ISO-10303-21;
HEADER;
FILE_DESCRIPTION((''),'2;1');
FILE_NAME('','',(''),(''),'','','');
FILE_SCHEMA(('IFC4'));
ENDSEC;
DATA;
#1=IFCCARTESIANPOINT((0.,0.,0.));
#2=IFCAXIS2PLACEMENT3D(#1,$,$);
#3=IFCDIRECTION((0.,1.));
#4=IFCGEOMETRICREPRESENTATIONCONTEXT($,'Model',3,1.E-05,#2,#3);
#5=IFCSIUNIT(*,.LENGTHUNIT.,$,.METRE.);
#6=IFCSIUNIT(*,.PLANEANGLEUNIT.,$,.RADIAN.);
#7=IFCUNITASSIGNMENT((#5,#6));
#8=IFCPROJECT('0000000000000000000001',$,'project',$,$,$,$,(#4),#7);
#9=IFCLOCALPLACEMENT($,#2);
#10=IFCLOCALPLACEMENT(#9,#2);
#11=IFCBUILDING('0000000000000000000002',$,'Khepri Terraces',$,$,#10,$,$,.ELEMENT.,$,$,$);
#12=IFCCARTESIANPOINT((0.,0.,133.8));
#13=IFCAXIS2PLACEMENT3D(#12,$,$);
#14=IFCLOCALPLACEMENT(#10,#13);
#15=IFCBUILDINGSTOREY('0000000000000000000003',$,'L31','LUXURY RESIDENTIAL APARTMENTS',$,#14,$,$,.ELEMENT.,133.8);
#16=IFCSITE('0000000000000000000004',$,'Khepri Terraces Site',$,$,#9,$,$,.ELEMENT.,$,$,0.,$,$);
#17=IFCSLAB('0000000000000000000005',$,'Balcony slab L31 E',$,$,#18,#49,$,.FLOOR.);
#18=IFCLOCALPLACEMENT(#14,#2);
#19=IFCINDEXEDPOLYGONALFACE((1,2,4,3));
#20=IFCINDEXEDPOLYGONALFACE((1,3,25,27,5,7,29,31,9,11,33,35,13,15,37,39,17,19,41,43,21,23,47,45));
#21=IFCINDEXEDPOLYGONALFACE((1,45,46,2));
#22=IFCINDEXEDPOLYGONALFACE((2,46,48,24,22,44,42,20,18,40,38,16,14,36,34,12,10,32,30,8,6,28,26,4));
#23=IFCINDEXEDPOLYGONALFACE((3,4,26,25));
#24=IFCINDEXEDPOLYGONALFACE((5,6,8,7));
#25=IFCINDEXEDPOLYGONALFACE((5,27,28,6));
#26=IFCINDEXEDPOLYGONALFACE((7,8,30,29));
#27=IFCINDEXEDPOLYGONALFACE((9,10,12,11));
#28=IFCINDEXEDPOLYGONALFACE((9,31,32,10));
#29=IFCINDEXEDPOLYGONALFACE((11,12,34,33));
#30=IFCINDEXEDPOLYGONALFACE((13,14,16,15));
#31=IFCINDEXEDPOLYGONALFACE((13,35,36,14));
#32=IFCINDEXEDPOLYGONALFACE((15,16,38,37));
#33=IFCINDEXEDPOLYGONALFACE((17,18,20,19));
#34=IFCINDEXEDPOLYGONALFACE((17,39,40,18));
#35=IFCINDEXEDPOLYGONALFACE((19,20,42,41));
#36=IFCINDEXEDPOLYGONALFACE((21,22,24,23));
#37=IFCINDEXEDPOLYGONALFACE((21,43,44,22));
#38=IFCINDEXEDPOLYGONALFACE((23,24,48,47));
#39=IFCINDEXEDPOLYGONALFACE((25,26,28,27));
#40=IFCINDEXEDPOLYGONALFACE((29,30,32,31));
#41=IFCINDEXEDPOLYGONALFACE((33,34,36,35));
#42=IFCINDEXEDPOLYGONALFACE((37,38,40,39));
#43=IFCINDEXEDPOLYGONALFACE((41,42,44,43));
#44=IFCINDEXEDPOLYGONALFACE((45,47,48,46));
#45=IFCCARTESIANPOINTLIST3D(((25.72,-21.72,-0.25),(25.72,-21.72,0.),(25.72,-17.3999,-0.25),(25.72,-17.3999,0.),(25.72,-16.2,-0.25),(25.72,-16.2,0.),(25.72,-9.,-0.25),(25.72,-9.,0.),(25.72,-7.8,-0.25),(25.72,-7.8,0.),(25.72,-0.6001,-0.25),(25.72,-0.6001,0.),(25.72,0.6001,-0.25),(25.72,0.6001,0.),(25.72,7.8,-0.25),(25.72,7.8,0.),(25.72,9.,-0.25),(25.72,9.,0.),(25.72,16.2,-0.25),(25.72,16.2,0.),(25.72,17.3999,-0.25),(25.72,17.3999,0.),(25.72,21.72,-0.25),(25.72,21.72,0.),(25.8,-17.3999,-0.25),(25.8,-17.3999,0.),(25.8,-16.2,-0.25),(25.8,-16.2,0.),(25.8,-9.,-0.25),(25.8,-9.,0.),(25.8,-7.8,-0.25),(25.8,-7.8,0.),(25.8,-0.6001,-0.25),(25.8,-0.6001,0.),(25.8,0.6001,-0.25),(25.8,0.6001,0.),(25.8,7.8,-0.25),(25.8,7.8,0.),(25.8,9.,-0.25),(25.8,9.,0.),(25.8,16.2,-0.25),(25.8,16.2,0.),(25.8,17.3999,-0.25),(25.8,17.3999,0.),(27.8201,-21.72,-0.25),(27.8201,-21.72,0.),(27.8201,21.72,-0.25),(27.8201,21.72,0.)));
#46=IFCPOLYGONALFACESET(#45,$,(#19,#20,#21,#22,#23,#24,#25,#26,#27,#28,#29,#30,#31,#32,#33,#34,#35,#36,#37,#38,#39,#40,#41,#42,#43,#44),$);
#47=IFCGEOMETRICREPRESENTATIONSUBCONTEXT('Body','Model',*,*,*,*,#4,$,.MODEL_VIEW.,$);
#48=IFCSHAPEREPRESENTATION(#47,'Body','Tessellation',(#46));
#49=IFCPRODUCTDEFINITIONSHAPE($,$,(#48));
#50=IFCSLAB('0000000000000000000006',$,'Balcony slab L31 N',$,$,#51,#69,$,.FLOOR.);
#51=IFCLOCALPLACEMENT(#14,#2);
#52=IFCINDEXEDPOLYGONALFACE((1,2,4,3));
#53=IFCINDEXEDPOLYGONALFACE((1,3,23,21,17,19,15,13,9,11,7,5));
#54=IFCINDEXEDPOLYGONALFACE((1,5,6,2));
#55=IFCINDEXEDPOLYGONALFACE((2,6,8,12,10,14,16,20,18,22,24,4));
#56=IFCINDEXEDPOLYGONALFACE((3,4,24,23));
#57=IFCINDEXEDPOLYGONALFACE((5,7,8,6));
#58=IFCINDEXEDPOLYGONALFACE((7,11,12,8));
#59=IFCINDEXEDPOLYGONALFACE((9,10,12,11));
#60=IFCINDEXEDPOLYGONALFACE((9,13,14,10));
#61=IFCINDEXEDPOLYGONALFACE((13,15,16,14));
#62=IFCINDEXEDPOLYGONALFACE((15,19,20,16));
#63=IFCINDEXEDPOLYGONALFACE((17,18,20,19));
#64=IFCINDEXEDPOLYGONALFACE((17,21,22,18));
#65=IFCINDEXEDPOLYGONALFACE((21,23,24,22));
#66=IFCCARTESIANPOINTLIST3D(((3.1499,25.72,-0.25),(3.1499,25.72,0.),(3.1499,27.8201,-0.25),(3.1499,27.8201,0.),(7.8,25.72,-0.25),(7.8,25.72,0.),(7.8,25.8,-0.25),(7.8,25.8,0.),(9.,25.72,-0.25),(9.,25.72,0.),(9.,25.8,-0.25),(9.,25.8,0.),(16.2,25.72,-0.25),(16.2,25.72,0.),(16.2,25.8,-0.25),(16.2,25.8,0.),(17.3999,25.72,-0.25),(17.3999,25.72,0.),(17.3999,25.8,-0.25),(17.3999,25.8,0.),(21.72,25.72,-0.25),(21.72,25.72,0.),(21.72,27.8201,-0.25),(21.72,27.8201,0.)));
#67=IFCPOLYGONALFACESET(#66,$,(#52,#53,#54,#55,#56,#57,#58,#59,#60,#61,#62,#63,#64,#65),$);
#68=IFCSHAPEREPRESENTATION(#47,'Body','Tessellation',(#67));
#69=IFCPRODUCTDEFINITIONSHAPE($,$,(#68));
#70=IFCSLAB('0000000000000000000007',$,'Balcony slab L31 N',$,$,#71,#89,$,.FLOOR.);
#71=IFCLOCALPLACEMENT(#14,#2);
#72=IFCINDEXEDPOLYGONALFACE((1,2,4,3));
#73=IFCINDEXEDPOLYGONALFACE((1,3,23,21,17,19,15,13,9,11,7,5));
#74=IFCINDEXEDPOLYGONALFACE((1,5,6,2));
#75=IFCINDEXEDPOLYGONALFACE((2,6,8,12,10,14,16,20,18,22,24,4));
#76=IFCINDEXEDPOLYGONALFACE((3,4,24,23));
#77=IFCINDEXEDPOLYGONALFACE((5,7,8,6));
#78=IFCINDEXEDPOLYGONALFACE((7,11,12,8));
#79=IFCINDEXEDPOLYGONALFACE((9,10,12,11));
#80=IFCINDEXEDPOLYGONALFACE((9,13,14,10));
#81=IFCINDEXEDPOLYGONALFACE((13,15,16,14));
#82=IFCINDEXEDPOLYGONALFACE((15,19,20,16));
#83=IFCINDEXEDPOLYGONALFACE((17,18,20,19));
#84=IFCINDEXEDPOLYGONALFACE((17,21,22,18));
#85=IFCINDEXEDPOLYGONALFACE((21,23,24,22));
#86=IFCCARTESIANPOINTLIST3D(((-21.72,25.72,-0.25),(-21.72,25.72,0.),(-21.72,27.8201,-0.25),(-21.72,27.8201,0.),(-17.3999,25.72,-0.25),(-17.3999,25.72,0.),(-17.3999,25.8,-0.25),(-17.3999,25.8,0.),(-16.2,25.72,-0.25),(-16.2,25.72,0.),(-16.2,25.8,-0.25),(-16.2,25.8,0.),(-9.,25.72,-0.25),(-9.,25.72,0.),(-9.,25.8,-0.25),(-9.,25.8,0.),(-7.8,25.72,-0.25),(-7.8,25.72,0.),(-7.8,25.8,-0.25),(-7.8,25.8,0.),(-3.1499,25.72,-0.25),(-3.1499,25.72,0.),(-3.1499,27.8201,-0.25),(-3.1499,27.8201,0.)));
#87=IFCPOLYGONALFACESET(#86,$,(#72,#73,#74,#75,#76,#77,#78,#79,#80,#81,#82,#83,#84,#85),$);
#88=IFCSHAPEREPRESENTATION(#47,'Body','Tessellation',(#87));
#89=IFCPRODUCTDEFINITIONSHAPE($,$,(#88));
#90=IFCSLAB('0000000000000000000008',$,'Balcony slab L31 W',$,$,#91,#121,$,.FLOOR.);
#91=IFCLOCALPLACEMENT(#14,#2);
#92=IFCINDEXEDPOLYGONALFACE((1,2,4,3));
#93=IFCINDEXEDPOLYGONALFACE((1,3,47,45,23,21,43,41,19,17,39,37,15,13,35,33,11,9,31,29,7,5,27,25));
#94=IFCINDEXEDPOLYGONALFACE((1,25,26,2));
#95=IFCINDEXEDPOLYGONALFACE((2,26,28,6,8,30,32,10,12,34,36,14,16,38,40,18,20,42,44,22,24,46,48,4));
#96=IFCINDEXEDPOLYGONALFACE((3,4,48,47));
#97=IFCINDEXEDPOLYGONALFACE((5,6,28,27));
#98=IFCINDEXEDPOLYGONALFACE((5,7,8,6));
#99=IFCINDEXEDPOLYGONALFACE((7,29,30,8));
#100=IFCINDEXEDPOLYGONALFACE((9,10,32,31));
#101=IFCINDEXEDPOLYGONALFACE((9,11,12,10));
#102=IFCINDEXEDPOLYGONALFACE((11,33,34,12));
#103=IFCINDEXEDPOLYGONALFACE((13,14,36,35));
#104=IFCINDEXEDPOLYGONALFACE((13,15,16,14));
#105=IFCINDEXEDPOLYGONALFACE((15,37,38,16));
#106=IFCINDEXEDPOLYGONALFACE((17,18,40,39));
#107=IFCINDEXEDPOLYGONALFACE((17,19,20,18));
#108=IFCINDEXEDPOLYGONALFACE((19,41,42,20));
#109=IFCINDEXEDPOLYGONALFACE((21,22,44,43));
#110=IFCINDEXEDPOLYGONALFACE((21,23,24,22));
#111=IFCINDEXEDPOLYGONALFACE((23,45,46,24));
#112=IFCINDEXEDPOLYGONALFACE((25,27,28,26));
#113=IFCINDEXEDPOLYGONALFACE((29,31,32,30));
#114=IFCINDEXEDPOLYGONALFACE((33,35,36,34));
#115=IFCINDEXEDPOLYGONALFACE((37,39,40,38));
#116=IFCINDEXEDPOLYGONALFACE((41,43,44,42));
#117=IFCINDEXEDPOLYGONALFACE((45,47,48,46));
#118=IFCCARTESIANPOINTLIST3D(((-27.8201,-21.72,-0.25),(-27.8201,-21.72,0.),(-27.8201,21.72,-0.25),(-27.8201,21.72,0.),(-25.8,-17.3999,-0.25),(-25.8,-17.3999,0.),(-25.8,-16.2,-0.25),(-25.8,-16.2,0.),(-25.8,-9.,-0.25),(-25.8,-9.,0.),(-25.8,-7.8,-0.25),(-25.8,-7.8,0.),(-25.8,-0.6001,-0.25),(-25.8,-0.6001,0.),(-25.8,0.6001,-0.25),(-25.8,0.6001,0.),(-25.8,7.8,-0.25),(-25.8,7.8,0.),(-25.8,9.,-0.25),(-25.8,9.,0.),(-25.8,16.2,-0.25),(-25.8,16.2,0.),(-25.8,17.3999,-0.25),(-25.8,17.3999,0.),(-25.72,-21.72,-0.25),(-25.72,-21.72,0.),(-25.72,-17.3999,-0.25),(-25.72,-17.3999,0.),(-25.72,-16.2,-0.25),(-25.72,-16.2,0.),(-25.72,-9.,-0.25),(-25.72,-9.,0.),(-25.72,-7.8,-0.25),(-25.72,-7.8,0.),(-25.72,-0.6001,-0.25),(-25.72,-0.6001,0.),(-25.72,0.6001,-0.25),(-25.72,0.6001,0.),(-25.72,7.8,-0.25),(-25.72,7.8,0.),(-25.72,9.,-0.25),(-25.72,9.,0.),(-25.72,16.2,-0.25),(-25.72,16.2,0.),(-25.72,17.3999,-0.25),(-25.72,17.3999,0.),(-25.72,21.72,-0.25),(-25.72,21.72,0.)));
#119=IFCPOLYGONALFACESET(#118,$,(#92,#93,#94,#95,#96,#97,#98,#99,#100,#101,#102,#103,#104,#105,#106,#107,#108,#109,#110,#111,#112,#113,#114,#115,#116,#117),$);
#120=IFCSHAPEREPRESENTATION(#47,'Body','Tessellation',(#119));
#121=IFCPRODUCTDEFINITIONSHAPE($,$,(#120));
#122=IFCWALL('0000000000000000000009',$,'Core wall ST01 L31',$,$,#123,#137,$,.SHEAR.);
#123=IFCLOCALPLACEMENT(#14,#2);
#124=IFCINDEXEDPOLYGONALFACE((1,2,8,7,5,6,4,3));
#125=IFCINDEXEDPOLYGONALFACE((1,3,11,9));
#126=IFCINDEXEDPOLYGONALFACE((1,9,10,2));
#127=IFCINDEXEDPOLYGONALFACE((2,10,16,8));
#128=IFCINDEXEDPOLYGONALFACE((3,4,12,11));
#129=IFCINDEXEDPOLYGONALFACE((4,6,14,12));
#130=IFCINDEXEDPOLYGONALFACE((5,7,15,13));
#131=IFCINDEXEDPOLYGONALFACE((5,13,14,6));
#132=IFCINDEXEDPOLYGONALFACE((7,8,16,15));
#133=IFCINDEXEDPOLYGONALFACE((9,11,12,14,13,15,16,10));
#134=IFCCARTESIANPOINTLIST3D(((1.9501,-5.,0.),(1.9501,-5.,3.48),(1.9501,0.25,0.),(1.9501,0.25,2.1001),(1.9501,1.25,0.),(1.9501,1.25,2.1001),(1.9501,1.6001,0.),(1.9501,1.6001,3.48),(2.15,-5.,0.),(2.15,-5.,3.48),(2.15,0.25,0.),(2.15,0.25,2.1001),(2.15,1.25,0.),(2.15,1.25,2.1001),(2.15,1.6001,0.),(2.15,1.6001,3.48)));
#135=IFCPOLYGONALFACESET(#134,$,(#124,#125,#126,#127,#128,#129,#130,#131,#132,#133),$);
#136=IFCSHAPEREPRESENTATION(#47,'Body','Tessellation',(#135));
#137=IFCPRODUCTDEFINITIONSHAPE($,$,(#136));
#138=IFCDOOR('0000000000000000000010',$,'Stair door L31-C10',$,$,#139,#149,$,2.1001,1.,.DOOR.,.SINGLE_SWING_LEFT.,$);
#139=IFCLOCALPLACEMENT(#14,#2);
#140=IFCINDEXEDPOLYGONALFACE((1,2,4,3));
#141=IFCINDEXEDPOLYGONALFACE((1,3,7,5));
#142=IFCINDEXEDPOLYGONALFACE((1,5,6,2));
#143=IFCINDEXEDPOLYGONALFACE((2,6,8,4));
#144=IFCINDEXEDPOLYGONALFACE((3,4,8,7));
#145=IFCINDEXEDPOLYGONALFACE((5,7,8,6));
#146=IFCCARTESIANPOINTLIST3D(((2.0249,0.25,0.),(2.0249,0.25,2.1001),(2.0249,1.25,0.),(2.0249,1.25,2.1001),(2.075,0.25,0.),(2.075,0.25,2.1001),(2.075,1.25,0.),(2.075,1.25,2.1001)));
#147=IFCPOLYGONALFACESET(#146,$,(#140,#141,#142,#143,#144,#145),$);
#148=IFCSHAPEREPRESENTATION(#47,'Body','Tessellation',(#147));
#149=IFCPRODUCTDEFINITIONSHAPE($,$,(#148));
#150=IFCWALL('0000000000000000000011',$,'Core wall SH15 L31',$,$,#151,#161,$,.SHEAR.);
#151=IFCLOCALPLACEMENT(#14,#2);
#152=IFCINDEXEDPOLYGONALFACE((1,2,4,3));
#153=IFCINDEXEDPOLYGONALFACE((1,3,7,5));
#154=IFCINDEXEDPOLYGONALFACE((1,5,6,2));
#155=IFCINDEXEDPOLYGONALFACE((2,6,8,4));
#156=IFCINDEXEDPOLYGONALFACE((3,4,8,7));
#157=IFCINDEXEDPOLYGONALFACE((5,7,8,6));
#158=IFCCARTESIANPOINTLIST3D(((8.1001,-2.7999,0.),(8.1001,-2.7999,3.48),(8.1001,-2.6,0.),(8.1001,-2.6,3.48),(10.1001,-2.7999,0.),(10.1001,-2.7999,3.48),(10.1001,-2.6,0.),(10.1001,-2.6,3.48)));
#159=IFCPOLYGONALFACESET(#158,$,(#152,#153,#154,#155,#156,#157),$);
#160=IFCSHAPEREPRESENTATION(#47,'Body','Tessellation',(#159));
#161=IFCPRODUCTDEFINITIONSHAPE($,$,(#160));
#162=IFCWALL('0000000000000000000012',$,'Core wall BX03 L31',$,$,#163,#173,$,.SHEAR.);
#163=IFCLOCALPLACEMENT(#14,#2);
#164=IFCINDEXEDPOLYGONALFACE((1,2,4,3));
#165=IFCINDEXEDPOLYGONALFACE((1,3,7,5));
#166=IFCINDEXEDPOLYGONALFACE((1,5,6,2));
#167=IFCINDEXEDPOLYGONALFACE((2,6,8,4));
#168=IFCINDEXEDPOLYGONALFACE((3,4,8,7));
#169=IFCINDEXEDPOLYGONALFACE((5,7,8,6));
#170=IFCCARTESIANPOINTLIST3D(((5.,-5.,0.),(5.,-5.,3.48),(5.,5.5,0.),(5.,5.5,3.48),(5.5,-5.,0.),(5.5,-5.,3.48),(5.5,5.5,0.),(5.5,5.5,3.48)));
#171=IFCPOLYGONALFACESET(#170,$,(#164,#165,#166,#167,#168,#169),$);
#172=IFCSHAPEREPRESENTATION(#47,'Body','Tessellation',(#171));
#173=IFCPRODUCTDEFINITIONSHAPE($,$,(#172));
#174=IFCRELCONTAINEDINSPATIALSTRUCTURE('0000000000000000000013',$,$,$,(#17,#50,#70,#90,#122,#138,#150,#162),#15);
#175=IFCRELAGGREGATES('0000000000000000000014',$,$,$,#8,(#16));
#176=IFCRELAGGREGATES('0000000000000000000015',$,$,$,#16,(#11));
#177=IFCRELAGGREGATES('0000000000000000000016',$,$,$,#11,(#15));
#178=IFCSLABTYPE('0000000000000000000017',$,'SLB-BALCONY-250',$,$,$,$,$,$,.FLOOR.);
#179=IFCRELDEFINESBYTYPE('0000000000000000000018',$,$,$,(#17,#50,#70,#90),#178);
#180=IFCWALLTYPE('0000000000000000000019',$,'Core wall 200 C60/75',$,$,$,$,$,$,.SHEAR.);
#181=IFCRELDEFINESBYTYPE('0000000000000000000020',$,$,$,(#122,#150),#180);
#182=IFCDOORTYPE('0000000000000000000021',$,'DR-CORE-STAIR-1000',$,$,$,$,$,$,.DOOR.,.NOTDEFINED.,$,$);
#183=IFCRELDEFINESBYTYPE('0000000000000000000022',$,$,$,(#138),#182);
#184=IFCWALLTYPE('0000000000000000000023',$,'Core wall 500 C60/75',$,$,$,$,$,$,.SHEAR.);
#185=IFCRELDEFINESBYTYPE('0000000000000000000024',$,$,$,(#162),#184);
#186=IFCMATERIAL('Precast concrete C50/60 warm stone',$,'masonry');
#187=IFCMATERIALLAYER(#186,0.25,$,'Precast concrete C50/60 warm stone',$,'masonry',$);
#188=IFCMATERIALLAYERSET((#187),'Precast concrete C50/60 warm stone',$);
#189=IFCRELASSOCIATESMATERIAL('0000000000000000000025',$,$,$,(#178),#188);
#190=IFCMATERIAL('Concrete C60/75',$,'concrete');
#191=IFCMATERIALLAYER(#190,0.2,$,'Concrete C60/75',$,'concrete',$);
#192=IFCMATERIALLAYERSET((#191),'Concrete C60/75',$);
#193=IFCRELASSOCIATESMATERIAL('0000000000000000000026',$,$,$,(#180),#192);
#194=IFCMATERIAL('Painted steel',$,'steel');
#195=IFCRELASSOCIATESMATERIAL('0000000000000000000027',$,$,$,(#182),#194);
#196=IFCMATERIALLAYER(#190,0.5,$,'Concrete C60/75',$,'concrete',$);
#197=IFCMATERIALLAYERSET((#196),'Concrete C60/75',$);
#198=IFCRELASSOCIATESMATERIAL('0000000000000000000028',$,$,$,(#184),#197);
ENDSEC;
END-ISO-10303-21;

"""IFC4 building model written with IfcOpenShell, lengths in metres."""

from ifc_helpers import new_model, si_unit, direction, frame, frame_2d, origin, place, context, subcontext, project, spatial, polyline, rectangle, outline, extrude, material, layer, layer_set, type_object, element, fill, save


model = new_model("IFC4")

# Units and contexts
model_context = context("Model", 3, precision=1e-05, world=origin(), true_north=direction((0.0, 1.0)))
body_context = subcontext(model_context, "Body", "Model", "MODEL_VIEW")
ifc_project = project(units=[si_unit("LENGTHUNIT", "METRE"), si_unit("PLANEANGLEUNIT", "RADIAN")], contexts=[model_context])

# Site, building, storey
site_placement = place(None, origin())
site = spatial("IfcSite", under=ifc_project, at=site_placement, Name="Khepri Terraces Site", CompositionType="ELEMENT", RefElevation=0.0)
building_placement = place(site_placement, origin())
building = spatial("IfcBuilding", under=site, at=building_placement, Name="Khepri Terraces", CompositionType="ELEMENT")
storey_placement = place(building_placement, frame((0.0, 0.0, 133.8)))
storey = spatial("IfcBuildingStorey", under=building, at=storey_placement, Name="L31", Description="LUXURY RESIDENTIAL APARTMENTS", CompositionType="ELEMENT", Elevation=133.8)

# Slabs
ifc_material_1 = material(Name="Precast concrete C50/60 warm stone", Category="masonry")
ifc_layer_1 = layer(ifc_material_1, 0.25, Name="Precast concrete C50/60 warm stone", Category="masonry")
ifc_layer_set_1 = layer_set([ifc_layer_1], Name="Precast concrete C50/60 warm stone")
slab_type_1 = type_object("IfcSlabType", Name="SLB-BALCONY-250", PredefinedType="FLOOR", material=ifc_layer_set_1)
slab_1_placement = place(storey_placement, frame((0.0, 0.0, -0.25)))
element("IfcSlab", 1, at=slab_1_placement, inside=storey, type_object=slab_type_1, Name="Balcony slab L31 E", PredefinedType="FLOOR", context=body_context, shape_type="SweptSolid", body=[
    extrude(outline(polyline([(25.72, -17.3999), (25.72, -21.72), (27.8201, -21.72), (27.8201, 21.72), (25.72, 21.72), (25.72, 17.3999), (25.8, 17.3999), (25.8, 16.2), (25.72, 16.2), (25.72, 9.0), (25.8, 9.0), (25.8, 7.8), (25.72, 7.8), (25.72, 0.6001), (25.8, 0.6001), (25.8, -0.6001), (25.72, -0.6001), (25.72, -7.8), (25.8, -7.8), (25.8, -9.0), (25.72, -9.0), (25.72, -16.2), (25.8, -16.2), (25.8, -17.3999), (25.72, -17.3999)])), origin(), (0.0, 0.0, 1.0), 0.25),
])
slab_2_placement = place(storey_placement, frame((0.0, 0.0, -0.25)))
element("IfcSlab", 2, at=slab_2_placement, inside=storey, type_object=slab_type_1, Name="Balcony slab L31 N", PredefinedType="FLOOR", context=body_context, shape_type="SweptSolid", body=[
    extrude(outline(polyline([(17.3999, 25.72), (21.72, 25.72), (21.72, 27.8201), (3.1499, 27.8201), (3.1499, 25.72), (7.8, 25.72), (7.8, 25.8), (9.0, 25.8), (9.0, 25.72), (16.2, 25.72), (16.2, 25.8), (17.3999, 25.8), (17.3999, 25.72)])), origin(), (0.0, 0.0, 1.0), 0.25),
])
slab_3_placement = place(storey_placement, frame((0.0, 0.0, -0.25)))
element("IfcSlab", 3, at=slab_3_placement, inside=storey, type_object=slab_type_1, Name="Balcony slab L31 N", PredefinedType="FLOOR", context=body_context, shape_type="SweptSolid", body=[
    extrude(outline(polyline([(-7.8, 25.72), (-3.1499, 25.72), (-3.1499, 27.8201), (-21.72, 27.8201), (-21.72, 25.72), (-17.3999, 25.72), (-17.3999, 25.8), (-16.2, 25.8), (-16.2, 25.72), (-9.0, 25.72), (-9.0, 25.8), (-7.8, 25.8), (-7.8, 25.72)])), origin(), (0.0, 0.0, 1.0), 0.25),
])
slab_4_placement = place(storey_placement, frame((0.0, 0.0, -0.25)))
element("IfcSlab", 4, at=slab_4_placement, inside=storey, type_object=slab_type_1, Name="Balcony slab L31 W", PredefinedType="FLOOR", context=body_context, shape_type="SweptSolid", body=[
    extrude(outline(polyline([(-25.72, 17.3999), (-25.72, 21.72), (-27.8201, 21.72), (-27.8201, -21.72), (-25.72, -21.72), (-25.72, -17.3999), (-25.8, -17.3999), (-25.8, -16.2), (-25.72, -16.2), (-25.72, -9.0), (-25.8, -9.0), (-25.8, -7.8), (-25.72, -7.8), (-25.72, -0.6001), (-25.8, -0.6001), (-25.8, 0.6001), (-25.72, 0.6001), (-25.72, 7.8), (-25.8, 7.8), (-25.8, 9.0), (-25.72, 9.0), (-25.72, 16.2), (-25.8, 16.2), (-25.8, 17.3999), (-25.72, 17.3999)])), origin(), (0.0, 0.0, 1.0), 0.25),
])

# Wall, opening, door
ifc_material_2 = material(Name="Concrete C60/75", Category="concrete")
ifc_layer_2 = layer(ifc_material_2, 0.2, Name="Concrete C60/75", Category="concrete")
ifc_layer_set_2 = layer_set([ifc_layer_2], Name="Concrete C60/75")
wall_type_1 = type_object("IfcWallType", Name="Core wall 200 C60/75", PredefinedType="SHEAR", material=ifc_layer_set_2)
wall_1_placement = place(storey_placement, frame((2.05, -5.0, 0.0), z_axis=(0.0, 0.0, 1.0), x_axis=(0.0, 1.0, 0.0)))
wall_1 = element("IfcWall", 5, at=wall_1_placement, inside=storey, type_object=wall_type_1, Name="Core wall ST01 L31", PredefinedType="SHEAR", context=body_context, shape_type="SweptSolid", body=[
    extrude(rectangle(XDim=6.6001, YDim=0.2, at=frame_2d((3.3, 0.0))), origin(), (0.0, 0.0, 1.0), 3.48),
])
opening_placement = place(wall_1_placement, frame((5.25, 0.0, 0.0)))
opening = element("IfcOpeningElement", 6, at=opening_placement, cuts=wall_1, PredefinedType="OPENING", context=body_context, shape_type="SweptSolid", body=[
    extrude(rectangle(XDim=1.0, YDim=2.1001, at=frame_2d((0.5, 1.05))), frame((0.0, 0.1099, 0.0), z_axis=(0.0, -1.0, 0.0), x_axis=(1.0, 0.0, 0.0)), (0.0, 0.0, 1.0), 0.22),
])
ifc_material_3 = material(Name="Painted steel", Category="steel")
door_type = type_object("IfcDoorType", Name="DR-CORE-STAIR-1000", OperationType="NOTDEFINED", PredefinedType="DOOR", material=ifc_material_3)
door_placement = place(opening_placement, frame((1.0, 0.0, 0.0), z_axis=(0.0, 0.0, 1.0), x_axis=(-1.0, 0.0, 0.0)))
door = element("IfcDoor", 7, at=door_placement, inside=storey, type_object=door_type, Name="Stair door L31-C10", OperationType="SINGLE_SWING_LEFT", OverallHeight=2.1001, OverallWidth=1.0, PredefinedType="DOOR", context=body_context, shape_type="SweptSolid", body=[
    extrude(rectangle(XDim=1.0, YDim=2.1001, at=frame_2d((0.5, 1.05))), frame((0.0, 0.0249, 0.0), z_axis=(0.0, -1.0, 0.0), x_axis=(1.0, 0.0, 0.0)), (0.0, 0.0, 1.0), 0.05),
])
fill(opening, door)

# Walls
wall_2_placement = place(storey_placement, frame((8.1001, -2.7, 0.0), z_axis=(0.0, 0.0, 1.0), x_axis=(1.0, 0.0, 0.0)))
element("IfcWall", 8, at=wall_2_placement, inside=storey, type_object=wall_type_1, Name="Core wall SH15 L31", PredefinedType="SHEAR", context=body_context, shape_type="SweptSolid", body=[
    extrude(rectangle(XDim=2.0, YDim=0.2, at=frame_2d((1.0, 0.0))), origin(), (0.0, 0.0, 1.0), 3.48),
])
ifc_layer_3 = layer(ifc_material_2, 0.5, Name="Concrete C60/75", Category="concrete")
ifc_layer_set_3 = layer_set([ifc_layer_3], Name="Concrete C60/75")
wall_type_2 = type_object("IfcWallType", Name="Core wall 500 C60/75", PredefinedType="SHEAR", material=ifc_layer_set_3)
wall_3_placement = place(storey_placement, frame((5.25, -5.0, 0.0), z_axis=(0.0, 0.0, 1.0), x_axis=(0.0, 1.0, 0.0)))
element("IfcWall", 9, at=wall_3_placement, inside=storey, type_object=wall_type_2, Name="Core wall BX03 L31", PredefinedType="SHEAR", context=body_context, shape_type="SweptSolid", body=[
    extrude(rectangle(XDim=10.5, YDim=0.5, at=frame_2d((5.25, 0.0))), origin(), (0.0, 0.0, 1.0), 3.48),
])

save(model, "model.ifc")
